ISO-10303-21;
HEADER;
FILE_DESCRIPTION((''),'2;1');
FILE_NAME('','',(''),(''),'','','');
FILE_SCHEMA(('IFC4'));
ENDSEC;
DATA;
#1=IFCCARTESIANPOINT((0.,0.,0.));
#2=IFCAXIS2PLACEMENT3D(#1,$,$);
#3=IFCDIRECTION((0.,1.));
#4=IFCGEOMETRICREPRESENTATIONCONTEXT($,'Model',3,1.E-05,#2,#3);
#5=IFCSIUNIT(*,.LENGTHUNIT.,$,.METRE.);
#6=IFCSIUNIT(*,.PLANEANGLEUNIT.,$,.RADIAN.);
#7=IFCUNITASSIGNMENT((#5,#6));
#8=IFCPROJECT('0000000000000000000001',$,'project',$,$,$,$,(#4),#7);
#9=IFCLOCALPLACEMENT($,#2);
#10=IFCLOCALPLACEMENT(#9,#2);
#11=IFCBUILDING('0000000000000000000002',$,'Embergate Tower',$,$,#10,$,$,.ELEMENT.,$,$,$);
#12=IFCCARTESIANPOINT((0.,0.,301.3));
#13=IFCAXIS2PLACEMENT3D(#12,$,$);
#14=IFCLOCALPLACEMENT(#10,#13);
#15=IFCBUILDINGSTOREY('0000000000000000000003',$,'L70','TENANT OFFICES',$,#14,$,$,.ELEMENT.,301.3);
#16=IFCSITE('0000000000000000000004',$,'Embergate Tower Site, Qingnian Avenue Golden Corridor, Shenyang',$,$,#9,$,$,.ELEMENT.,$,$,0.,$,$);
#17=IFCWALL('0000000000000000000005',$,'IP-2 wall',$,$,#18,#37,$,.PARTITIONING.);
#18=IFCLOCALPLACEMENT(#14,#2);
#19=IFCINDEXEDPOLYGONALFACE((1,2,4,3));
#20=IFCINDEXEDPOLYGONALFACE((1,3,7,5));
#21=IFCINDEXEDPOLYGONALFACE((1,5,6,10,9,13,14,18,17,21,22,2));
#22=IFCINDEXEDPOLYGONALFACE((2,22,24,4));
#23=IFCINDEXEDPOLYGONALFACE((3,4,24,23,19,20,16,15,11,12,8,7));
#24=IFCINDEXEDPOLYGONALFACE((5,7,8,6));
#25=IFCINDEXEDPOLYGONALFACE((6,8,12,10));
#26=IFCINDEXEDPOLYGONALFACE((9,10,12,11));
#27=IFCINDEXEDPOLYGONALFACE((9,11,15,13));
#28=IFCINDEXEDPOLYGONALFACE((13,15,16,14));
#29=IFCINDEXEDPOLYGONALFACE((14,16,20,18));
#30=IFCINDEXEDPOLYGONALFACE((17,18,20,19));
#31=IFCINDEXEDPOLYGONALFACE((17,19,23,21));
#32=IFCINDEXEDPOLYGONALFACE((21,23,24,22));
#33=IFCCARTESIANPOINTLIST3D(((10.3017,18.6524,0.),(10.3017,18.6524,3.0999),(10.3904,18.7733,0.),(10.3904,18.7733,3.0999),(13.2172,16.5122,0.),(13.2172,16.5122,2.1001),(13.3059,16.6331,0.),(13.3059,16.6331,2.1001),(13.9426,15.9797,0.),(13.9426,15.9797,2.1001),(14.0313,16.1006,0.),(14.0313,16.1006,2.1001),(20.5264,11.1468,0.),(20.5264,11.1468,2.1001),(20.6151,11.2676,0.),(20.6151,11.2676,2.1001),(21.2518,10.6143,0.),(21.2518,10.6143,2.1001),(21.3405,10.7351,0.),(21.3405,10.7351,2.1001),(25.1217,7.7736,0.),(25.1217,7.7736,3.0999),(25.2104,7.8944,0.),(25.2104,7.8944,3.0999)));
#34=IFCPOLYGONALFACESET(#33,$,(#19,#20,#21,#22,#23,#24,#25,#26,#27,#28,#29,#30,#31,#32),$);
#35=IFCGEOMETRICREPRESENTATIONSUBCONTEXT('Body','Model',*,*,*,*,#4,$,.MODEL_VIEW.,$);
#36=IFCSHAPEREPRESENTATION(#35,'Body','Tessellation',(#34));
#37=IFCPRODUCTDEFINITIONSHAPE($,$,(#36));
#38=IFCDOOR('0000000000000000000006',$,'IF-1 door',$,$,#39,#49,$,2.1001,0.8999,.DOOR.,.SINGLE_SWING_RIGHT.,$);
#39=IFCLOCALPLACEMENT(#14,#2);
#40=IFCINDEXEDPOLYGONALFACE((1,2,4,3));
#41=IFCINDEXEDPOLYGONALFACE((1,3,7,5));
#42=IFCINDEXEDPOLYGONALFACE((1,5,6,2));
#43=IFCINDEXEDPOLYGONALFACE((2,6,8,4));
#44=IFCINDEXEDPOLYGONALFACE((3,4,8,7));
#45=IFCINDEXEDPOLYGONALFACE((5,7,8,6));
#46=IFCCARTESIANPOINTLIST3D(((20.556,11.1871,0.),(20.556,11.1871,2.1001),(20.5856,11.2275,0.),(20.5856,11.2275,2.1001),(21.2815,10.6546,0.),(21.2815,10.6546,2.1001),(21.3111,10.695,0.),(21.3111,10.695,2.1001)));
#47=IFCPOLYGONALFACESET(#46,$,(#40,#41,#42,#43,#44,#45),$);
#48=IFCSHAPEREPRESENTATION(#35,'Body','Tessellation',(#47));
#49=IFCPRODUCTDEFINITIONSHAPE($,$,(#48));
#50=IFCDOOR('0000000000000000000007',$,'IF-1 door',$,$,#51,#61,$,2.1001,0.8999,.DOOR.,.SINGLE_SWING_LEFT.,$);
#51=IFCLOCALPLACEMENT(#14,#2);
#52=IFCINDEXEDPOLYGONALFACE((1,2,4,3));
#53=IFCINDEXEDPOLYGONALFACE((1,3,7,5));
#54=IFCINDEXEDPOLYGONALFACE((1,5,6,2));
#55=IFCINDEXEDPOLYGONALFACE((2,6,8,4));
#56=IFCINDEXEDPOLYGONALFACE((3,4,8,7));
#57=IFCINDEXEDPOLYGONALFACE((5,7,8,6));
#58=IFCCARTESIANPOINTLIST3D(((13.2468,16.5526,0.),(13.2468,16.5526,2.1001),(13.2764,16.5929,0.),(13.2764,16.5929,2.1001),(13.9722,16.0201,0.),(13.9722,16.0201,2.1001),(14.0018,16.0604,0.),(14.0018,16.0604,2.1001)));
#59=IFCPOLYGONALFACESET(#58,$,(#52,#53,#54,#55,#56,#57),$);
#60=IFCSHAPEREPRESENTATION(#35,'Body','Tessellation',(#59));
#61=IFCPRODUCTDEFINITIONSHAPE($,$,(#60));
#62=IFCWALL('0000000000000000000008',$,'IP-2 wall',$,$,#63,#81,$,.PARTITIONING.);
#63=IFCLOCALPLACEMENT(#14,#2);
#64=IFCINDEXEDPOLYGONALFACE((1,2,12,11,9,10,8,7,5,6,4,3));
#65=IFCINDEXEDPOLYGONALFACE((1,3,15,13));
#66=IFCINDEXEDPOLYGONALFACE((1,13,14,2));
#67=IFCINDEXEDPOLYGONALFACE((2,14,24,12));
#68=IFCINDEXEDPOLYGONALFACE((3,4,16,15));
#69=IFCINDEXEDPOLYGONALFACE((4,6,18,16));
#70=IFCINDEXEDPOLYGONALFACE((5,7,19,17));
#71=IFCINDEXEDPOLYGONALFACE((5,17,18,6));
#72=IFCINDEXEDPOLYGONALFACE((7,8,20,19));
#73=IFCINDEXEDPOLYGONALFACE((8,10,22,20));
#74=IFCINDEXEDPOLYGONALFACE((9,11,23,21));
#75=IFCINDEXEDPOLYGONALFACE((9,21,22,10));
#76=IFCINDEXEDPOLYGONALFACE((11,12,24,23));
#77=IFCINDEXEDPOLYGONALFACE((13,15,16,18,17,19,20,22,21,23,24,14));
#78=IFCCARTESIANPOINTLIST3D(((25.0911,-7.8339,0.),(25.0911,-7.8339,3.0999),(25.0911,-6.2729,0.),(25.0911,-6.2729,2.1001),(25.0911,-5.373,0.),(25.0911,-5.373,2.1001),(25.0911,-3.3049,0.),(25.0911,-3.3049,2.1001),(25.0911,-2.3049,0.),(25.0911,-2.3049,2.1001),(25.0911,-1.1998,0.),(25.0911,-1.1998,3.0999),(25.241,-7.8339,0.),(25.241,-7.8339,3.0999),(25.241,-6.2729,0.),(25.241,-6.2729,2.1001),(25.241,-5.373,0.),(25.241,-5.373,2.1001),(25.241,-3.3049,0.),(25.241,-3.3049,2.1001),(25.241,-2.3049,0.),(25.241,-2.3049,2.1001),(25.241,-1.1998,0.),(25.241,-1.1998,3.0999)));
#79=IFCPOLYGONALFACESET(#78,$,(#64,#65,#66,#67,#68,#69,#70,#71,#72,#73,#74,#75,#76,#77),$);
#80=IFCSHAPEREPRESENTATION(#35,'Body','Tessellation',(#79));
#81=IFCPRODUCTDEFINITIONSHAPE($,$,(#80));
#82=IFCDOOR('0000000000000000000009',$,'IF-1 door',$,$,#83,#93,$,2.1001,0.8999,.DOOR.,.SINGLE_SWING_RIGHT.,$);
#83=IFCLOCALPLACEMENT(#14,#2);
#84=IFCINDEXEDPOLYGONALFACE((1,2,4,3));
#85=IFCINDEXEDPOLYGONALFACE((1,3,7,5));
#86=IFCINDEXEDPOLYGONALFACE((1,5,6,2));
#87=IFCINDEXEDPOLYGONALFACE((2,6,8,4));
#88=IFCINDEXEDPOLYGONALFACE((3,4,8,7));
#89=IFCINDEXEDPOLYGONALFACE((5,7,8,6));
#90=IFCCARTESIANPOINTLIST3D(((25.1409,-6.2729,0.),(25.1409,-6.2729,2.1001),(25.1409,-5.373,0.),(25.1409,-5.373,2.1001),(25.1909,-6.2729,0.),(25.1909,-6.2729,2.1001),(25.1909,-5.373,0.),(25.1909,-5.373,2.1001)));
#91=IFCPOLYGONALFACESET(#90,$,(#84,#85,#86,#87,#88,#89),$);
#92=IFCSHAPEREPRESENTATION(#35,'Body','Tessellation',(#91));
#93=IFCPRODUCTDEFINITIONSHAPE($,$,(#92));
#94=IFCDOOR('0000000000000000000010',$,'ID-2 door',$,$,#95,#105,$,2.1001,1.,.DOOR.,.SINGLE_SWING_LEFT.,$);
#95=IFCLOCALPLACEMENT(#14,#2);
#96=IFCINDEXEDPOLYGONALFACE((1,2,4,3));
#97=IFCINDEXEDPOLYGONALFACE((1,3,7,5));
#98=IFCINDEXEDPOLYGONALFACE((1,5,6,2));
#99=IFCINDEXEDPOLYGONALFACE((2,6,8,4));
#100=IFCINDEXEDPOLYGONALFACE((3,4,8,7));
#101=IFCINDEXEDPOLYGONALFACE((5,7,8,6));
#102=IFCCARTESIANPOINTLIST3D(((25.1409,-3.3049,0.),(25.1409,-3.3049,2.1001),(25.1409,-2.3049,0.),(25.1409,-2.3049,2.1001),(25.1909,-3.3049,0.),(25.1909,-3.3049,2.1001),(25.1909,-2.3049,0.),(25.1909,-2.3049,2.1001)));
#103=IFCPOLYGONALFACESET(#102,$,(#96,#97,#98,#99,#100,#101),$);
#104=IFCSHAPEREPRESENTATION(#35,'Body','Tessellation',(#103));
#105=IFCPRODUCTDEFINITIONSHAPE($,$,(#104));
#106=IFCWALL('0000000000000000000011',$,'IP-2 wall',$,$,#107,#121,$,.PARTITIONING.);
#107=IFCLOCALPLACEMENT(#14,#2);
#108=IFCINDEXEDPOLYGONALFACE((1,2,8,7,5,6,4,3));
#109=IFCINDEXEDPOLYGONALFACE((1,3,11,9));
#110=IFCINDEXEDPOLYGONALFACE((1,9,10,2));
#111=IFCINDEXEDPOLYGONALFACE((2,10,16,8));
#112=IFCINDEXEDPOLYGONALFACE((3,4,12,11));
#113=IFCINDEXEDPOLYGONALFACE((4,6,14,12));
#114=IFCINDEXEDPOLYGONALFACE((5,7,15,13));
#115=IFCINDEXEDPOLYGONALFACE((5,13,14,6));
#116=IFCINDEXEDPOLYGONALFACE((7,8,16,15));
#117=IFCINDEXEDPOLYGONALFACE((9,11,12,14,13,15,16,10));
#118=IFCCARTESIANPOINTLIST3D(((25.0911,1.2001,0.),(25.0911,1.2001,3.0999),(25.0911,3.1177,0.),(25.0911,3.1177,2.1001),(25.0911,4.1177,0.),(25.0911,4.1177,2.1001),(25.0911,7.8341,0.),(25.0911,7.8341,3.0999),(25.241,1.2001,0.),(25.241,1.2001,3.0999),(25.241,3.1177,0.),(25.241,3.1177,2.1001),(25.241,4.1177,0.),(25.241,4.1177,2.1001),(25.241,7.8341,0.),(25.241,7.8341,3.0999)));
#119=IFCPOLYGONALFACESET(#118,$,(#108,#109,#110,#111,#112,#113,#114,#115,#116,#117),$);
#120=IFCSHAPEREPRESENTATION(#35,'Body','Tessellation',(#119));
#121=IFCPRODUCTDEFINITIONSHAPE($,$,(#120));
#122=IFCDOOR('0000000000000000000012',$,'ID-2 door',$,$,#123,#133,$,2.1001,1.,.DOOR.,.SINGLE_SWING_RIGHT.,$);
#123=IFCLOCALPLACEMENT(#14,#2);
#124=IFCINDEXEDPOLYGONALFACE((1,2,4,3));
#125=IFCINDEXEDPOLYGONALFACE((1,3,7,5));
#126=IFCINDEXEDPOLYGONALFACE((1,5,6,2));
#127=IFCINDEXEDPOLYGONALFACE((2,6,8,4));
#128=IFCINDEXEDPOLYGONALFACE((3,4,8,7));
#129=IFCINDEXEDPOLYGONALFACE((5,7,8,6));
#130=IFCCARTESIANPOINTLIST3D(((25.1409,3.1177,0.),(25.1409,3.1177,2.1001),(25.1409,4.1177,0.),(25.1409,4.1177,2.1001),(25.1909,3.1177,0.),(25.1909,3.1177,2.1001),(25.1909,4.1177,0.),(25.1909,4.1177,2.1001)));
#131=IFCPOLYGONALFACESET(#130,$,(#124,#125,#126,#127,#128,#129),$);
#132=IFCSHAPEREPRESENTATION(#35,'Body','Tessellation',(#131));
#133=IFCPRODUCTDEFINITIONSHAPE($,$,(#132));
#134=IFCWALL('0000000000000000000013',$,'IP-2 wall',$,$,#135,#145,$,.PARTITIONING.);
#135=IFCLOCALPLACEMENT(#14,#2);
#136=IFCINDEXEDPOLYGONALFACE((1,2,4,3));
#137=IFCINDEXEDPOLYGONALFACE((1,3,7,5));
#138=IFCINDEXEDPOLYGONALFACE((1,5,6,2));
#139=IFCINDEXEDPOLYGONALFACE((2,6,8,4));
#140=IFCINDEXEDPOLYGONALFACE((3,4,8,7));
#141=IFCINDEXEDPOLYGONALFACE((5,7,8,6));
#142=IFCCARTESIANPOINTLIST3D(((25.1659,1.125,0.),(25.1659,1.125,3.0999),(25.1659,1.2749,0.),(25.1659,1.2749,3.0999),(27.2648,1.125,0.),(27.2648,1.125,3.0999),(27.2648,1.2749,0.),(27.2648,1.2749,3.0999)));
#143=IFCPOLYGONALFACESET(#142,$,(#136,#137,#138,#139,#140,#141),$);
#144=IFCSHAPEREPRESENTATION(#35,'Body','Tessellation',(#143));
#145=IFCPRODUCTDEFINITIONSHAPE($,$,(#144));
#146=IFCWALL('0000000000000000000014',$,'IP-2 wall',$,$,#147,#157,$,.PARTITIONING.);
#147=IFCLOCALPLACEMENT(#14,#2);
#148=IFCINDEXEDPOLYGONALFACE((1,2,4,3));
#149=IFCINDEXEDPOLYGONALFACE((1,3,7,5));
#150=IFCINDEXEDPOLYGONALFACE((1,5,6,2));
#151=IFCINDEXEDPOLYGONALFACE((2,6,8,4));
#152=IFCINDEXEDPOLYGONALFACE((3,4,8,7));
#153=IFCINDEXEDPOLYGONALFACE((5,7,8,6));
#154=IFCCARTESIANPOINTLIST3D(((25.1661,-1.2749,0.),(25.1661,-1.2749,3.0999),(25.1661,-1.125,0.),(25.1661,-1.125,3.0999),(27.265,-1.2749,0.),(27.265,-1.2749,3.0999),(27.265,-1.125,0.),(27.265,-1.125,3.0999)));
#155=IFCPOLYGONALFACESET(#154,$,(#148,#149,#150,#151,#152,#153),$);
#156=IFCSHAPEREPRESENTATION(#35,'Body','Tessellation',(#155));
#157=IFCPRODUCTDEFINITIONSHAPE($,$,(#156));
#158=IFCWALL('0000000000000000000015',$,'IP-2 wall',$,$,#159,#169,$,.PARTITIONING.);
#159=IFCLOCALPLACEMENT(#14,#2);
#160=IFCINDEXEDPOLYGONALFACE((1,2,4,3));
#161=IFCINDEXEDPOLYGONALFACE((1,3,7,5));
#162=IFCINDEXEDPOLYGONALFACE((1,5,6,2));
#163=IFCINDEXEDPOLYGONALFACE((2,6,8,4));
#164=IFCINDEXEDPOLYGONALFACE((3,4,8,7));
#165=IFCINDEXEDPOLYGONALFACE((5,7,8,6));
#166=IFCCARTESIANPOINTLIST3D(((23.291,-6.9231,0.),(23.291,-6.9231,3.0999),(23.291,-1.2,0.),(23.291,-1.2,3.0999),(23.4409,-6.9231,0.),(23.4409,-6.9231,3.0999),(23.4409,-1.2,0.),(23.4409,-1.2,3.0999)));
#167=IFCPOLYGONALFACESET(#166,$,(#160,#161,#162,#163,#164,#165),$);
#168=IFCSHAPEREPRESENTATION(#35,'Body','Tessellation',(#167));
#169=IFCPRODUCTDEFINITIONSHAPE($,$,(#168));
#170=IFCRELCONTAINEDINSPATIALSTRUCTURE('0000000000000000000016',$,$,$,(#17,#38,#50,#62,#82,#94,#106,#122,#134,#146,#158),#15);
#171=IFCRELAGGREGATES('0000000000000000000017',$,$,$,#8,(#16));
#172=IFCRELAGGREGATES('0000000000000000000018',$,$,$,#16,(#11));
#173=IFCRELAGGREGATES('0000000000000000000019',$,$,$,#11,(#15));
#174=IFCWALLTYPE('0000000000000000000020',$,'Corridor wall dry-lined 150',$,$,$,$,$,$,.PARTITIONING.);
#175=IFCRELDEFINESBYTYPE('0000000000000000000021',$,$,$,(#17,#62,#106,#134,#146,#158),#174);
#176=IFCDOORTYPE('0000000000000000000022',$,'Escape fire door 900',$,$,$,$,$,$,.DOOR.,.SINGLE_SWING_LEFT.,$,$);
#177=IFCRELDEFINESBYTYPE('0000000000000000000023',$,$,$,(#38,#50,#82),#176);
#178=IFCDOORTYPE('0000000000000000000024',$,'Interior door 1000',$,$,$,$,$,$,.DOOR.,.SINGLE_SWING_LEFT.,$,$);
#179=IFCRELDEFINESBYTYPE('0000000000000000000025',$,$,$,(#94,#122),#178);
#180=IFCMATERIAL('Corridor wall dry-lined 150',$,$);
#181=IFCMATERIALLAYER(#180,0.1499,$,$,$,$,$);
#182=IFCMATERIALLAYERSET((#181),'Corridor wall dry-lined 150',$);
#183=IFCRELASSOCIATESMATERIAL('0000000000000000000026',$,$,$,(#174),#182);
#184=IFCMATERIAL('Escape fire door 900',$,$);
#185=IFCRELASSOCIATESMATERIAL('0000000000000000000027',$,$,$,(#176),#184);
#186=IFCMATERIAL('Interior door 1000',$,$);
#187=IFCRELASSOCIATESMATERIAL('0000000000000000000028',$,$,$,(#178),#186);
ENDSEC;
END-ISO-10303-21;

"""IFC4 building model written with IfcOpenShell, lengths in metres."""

from ifc_helpers import new_model, si_unit, direction, frame, frame_2d, origin, place, context, subcontext, project, spatial, rectangle, extrude, source, transform, mapped, material, layer, layer_set, type_object, element, fill, save


model = new_model("IFC4")

# Units and contexts
model_context = context("Model", 3, precision=1e-05, world=origin(), true_north=direction((0.0, 1.0)))
body_context = subcontext(model_context, "Body", "Model", "MODEL_VIEW")
ifc_project = project(units=[si_unit("LENGTHUNIT", "METRE"), si_unit("PLANEANGLEUNIT", "RADIAN")], contexts=[model_context])

# Site, building, storey
site_placement = place(None, origin())
site = spatial("IfcSite", under=ifc_project, at=site_placement, Name="Embergate Tower Site, Qingnian Avenue Golden Corridor, Shenyang", CompositionType="ELEMENT", RefElevation=0.0)
building_placement = place(site_placement, origin())
building = spatial("IfcBuilding", under=site, at=building_placement, Name="Embergate Tower", CompositionType="ELEMENT")
storey_placement = place(building_placement, frame((0.0, 0.0, 301.3)))
storey = spatial("IfcBuildingStorey", under=building, at=storey_placement, Name="L70", Description="TENANT OFFICES", CompositionType="ELEMENT", Elevation=301.3)

# Shared definitions
ifc_material_1 = material(Name="Corridor wall dry-lined 150")
ifc_layer_1 = layer(ifc_material_1, 0.1499)
ifc_layer_set_1 = layer_set([ifc_layer_1], Name="Corridor wall dry-lined 150")
wall_type_1 = type_object("IfcWallType", Name="Corridor wall dry-lined 150", PredefinedType="PARTITIONING", material=ifc_layer_set_1)

# Walls, openings, doors
shared_shape_1 = source(origin(), body_context, "Body", "SweptSolid", [
    extrude(rectangle(XDim=18.3843, YDim=0.1499, at=frame_2d((9.1921, 0.0))), origin(), (0.0, 0.0, 1.0), 3.0999),
])
wall_1_placement = place(storey_placement, frame((25.166, 7.834, 0.0), z_axis=(0.0, 0.0, 1.0), x_axis=(-0.806123, 0.591748, 0.0)))
wall_1 = element("IfcWall", 1, at=wall_1_placement, inside=storey, type_object=wall_type_1, Name="IP-2 wall", PredefinedType="PARTITIONING", context=body_context, shape_type="MappedRepresentation", body=[
    mapped(shared_shape_1, transform((0.0, 0.0, 0.0))),
])
shared_shape_2 = source(origin(), body_context, "Body", "SweptSolid", [
    extrude(rectangle(XDim=0.8999, YDim=2.1001, at=frame_2d((0.45, 1.05))), frame((0.0, 0.085, 0.0), z_axis=(0.0, -1.0, 0.0), x_axis=(1.0, 0.0, 0.0)), (0.0, 0.0, 1.0), 0.1699),
])
opening_1_placement = place(wall_1_placement, frame((4.8005, 0.0, 0.0)))
opening_1 = element("IfcOpeningElement", 2, at=opening_1_placement, cuts=wall_1, PredefinedType="OPENING", context=body_context, shape_type="MappedRepresentation", body=[
    mapped(shared_shape_2, transform((0.0, 0.0, 0.0))),
])
opening_2_placement = place(wall_1_placement, frame((13.8677, 0.0, 0.0)))
opening_2 = element("IfcOpeningElement", 3, at=opening_2_placement, cuts=wall_1, PredefinedType="OPENING", context=body_context, shape_type="MappedRepresentation", body=[
    mapped(shared_shape_2, transform((0.0, 0.0, 0.0))),
])
ifc_material_2 = material(Name="Escape fire door 900")
door_type_1 = type_object("IfcDoorType", Name="Escape fire door 900", OperationType="SINGLE_SWING_LEFT", PredefinedType="DOOR", material=ifc_material_2)
shared_shape_3 = source(origin(), body_context, "Body", "SweptSolid", [
    extrude(rectangle(XDim=0.8999, YDim=2.1001, at=frame_2d((0.45, 1.05))), frame((0.0, 0.0249, 0.0), z_axis=(0.0, -1.0, 0.0), x_axis=(1.0, 0.0, 0.0)), (0.0, 0.0, 1.0), 0.05),
])
door_1_placement = place(opening_1_placement, origin())
door_1 = element("IfcDoor", 4, at=door_1_placement, inside=storey, type_object=door_type_1, Name="IF-1 door", OperationType="SINGLE_SWING_RIGHT", OverallHeight=2.1001, OverallWidth=0.8999, PredefinedType="DOOR", context=body_context, shape_type="MappedRepresentation", body=[
    mapped(shared_shape_3, transform((0.0, 0.0, 0.0))),
])
fill(opening_1, door_1)
door_2_placement = place(opening_2_placement, origin())
door_2 = element("IfcDoor", 5, at=door_2_placement, inside=storey, type_object=door_type_1, Name="IF-1 door", OperationType="SINGLE_SWING_LEFT", OverallHeight=2.1001, OverallWidth=0.8999, PredefinedType="DOOR", context=body_context, shape_type="MappedRepresentation", body=[
    mapped(shared_shape_3, transform((0.0, 0.0, 0.0))),
])
fill(opening_2, door_2)
shared_shape_4 = source(origin(), body_context, "Body", "SweptSolid", [
    extrude(rectangle(XDim=6.634, YDim=0.1499, at=frame_2d((3.3169, 0.0))), origin(), (0.0, 0.0, 1.0), 3.0999),
])
wall_2_placement = place(storey_placement, frame((25.166, -1.2, 0.0), z_axis=(0.0, 0.0, 1.0), x_axis=(0.0, -1.0, 0.0)))
wall_2 = element("IfcWall", 6, at=wall_2_placement, inside=storey, type_object=wall_type_1, Name="IP-2 wall", PredefinedType="PARTITIONING", context=body_context, shape_type="MappedRepresentation", body=[
    mapped(shared_shape_4, transform((0.0, 0.0, 0.0))),
])
opening_3_placement = place(wall_2_placement, frame((4.1731, 0.0, 0.0)))
opening_3 = element("IfcOpeningElement", 7, at=opening_3_placement, cuts=wall_2, PredefinedType="OPENING", context=body_context, shape_type="MappedRepresentation", body=[
    mapped(shared_shape_2, transform((0.0, 0.0, 0.0))),
])
shared_shape_5 = source(origin(), body_context, "Body", "SweptSolid", [
    extrude(rectangle(XDim=1.0, YDim=2.1001, at=frame_2d((0.5, 1.05))), frame((0.0, 0.085, 0.0), z_axis=(0.0, -1.0, 0.0), x_axis=(1.0, 0.0, 0.0)), (0.0, 0.0, 1.0), 0.1699),
])
opening_4_placement = place(wall_2_placement, frame((1.105, 0.0, 0.0)))
opening_4 = element("IfcOpeningElement", 8, at=opening_4_placement, cuts=wall_2, PredefinedType="OPENING", context=body_context, shape_type="MappedRepresentation", body=[
    mapped(shared_shape_5, transform((0.0, 0.0, 0.0))),
])
door_3_placement = place(opening_3_placement, origin())
door_3 = element("IfcDoor", 9, at=door_3_placement, inside=storey, type_object=door_type_1, Name="IF-1 door", OperationType="SINGLE_SWING_RIGHT", OverallHeight=2.1001, OverallWidth=0.8999, PredefinedType="DOOR", context=body_context, shape_type="MappedRepresentation", body=[
    mapped(shared_shape_3, transform((0.0, 0.0, 0.0))),
])
fill(opening_3, door_3)
ifc_material_3 = material(Name="Interior door 1000")
door_type_2 = type_object("IfcDoorType", Name="Interior door 1000", OperationType="SINGLE_SWING_LEFT", PredefinedType="DOOR", material=ifc_material_3)
shared_shape_6 = source(origin(), body_context, "Body", "SweptSolid", [
    extrude(rectangle(XDim=1.0, YDim=2.1001, at=frame_2d((0.5, 1.05))), frame((0.0, 0.0249, 0.0), z_axis=(0.0, -1.0, 0.0), x_axis=(1.0, 0.0, 0.0)), (0.0, 0.0, 1.0), 0.05),
])
door_4_placement = place(opening_4_placement, origin())
door_4 = element("IfcDoor", 10, at=door_4_placement, inside=storey, type_object=door_type_2, Name="ID-2 door", OperationType="SINGLE_SWING_LEFT", OverallHeight=2.1001, OverallWidth=1.0, PredefinedType="DOOR", context=body_context, shape_type="MappedRepresentation", body=[
    mapped(shared_shape_6, transform((0.0, 0.0, 0.0))),
])
fill(opening_4, door_4)

# Wall, opening, door
wall_3_placement = place(storey_placement, frame((25.166, 7.834, 0.0), z_axis=(0.0, 0.0, 1.0), x_axis=(0.0, -1.0, 0.0)))
wall_3 = element("IfcWall", 11, at=wall_3_placement, inside=storey, type_object=wall_type_1, Name="IP-2 wall", PredefinedType="PARTITIONING", context=body_context, shape_type="MappedRepresentation", body=[
    mapped(shared_shape_4, transform((0.0, 0.0, 0.0))),
])
opening_5_placement = place(wall_3_placement, frame((3.7163, 0.0, 0.0)))
opening_5 = element("IfcOpeningElement", 12, at=opening_5_placement, cuts=wall_3, PredefinedType="OPENING", context=body_context, shape_type="MappedRepresentation", body=[
    mapped(shared_shape_5, transform((0.0, 0.0, 0.0))),
])
door_5_placement = place(opening_5_placement, origin())
door_5 = element("IfcDoor", 13, at=door_5_placement, inside=storey, type_object=door_type_2, Name="ID-2 door", OperationType="SINGLE_SWING_RIGHT", OverallHeight=2.1001, OverallWidth=1.0, PredefinedType="DOOR", context=body_context, shape_type="MappedRepresentation", body=[
    mapped(shared_shape_6, transform((0.0, 0.0, 0.0))),
])
fill(opening_5, door_5)

# Walls
shared_shape_7 = source(origin(), body_context, "Body", "SweptSolid", [
    extrude(rectangle(XDim=2.0989, YDim=0.1499, at=frame_2d((1.0493, 0.0))), origin(), (0.0, 0.0, 1.0), 3.0999),
])
for number, where, z_axis, x_axis, name in (
    (14, (25.166, 1.2, 0.0), (0.0, 0.0, 1.0), (1.0, 0.0, 0.0), "IP-2 wall"),
    (15, (27.2649, -1.2, 0.0), (0.0, 0.0, 1.0), (-1.0, 0.0, 0.0), "IP-2 wall"),
):
    element("IfcWall", number, at=place(storey_placement, frame(where, z_axis=z_axis, x_axis=x_axis)), inside=storey, type_object=wall_type_1, Name=name, PredefinedType="PARTITIONING", context=body_context, shape_type="MappedRepresentation", body=[
        mapped(shared_shape_7, transform((0.0, 0.0, 0.0))),
    ])
shared_shape_8 = source(origin(), body_context, "Body", "SweptSolid", [
    extrude(rectangle(XDim=5.7231, YDim=0.1499, at=frame_2d((2.8616, 0.0))), origin(), (0.0, 0.0, 1.0), 3.0999),
])
wall_4_placement = place(storey_placement, frame((23.366, -1.2, 0.0), z_axis=(0.0, 0.0, 1.0), x_axis=(0.0, -1.0, 0.0)))
element("IfcWall", 16, at=wall_4_placement, inside=storey, type_object=wall_type_1, Name="IP-2 wall", PredefinedType="PARTITIONING", context=body_context, shape_type="MappedRepresentation", body=[
    mapped(shared_shape_8, transform((0.0, 0.0, 0.0))),
])

save(model, "model.ifc")
